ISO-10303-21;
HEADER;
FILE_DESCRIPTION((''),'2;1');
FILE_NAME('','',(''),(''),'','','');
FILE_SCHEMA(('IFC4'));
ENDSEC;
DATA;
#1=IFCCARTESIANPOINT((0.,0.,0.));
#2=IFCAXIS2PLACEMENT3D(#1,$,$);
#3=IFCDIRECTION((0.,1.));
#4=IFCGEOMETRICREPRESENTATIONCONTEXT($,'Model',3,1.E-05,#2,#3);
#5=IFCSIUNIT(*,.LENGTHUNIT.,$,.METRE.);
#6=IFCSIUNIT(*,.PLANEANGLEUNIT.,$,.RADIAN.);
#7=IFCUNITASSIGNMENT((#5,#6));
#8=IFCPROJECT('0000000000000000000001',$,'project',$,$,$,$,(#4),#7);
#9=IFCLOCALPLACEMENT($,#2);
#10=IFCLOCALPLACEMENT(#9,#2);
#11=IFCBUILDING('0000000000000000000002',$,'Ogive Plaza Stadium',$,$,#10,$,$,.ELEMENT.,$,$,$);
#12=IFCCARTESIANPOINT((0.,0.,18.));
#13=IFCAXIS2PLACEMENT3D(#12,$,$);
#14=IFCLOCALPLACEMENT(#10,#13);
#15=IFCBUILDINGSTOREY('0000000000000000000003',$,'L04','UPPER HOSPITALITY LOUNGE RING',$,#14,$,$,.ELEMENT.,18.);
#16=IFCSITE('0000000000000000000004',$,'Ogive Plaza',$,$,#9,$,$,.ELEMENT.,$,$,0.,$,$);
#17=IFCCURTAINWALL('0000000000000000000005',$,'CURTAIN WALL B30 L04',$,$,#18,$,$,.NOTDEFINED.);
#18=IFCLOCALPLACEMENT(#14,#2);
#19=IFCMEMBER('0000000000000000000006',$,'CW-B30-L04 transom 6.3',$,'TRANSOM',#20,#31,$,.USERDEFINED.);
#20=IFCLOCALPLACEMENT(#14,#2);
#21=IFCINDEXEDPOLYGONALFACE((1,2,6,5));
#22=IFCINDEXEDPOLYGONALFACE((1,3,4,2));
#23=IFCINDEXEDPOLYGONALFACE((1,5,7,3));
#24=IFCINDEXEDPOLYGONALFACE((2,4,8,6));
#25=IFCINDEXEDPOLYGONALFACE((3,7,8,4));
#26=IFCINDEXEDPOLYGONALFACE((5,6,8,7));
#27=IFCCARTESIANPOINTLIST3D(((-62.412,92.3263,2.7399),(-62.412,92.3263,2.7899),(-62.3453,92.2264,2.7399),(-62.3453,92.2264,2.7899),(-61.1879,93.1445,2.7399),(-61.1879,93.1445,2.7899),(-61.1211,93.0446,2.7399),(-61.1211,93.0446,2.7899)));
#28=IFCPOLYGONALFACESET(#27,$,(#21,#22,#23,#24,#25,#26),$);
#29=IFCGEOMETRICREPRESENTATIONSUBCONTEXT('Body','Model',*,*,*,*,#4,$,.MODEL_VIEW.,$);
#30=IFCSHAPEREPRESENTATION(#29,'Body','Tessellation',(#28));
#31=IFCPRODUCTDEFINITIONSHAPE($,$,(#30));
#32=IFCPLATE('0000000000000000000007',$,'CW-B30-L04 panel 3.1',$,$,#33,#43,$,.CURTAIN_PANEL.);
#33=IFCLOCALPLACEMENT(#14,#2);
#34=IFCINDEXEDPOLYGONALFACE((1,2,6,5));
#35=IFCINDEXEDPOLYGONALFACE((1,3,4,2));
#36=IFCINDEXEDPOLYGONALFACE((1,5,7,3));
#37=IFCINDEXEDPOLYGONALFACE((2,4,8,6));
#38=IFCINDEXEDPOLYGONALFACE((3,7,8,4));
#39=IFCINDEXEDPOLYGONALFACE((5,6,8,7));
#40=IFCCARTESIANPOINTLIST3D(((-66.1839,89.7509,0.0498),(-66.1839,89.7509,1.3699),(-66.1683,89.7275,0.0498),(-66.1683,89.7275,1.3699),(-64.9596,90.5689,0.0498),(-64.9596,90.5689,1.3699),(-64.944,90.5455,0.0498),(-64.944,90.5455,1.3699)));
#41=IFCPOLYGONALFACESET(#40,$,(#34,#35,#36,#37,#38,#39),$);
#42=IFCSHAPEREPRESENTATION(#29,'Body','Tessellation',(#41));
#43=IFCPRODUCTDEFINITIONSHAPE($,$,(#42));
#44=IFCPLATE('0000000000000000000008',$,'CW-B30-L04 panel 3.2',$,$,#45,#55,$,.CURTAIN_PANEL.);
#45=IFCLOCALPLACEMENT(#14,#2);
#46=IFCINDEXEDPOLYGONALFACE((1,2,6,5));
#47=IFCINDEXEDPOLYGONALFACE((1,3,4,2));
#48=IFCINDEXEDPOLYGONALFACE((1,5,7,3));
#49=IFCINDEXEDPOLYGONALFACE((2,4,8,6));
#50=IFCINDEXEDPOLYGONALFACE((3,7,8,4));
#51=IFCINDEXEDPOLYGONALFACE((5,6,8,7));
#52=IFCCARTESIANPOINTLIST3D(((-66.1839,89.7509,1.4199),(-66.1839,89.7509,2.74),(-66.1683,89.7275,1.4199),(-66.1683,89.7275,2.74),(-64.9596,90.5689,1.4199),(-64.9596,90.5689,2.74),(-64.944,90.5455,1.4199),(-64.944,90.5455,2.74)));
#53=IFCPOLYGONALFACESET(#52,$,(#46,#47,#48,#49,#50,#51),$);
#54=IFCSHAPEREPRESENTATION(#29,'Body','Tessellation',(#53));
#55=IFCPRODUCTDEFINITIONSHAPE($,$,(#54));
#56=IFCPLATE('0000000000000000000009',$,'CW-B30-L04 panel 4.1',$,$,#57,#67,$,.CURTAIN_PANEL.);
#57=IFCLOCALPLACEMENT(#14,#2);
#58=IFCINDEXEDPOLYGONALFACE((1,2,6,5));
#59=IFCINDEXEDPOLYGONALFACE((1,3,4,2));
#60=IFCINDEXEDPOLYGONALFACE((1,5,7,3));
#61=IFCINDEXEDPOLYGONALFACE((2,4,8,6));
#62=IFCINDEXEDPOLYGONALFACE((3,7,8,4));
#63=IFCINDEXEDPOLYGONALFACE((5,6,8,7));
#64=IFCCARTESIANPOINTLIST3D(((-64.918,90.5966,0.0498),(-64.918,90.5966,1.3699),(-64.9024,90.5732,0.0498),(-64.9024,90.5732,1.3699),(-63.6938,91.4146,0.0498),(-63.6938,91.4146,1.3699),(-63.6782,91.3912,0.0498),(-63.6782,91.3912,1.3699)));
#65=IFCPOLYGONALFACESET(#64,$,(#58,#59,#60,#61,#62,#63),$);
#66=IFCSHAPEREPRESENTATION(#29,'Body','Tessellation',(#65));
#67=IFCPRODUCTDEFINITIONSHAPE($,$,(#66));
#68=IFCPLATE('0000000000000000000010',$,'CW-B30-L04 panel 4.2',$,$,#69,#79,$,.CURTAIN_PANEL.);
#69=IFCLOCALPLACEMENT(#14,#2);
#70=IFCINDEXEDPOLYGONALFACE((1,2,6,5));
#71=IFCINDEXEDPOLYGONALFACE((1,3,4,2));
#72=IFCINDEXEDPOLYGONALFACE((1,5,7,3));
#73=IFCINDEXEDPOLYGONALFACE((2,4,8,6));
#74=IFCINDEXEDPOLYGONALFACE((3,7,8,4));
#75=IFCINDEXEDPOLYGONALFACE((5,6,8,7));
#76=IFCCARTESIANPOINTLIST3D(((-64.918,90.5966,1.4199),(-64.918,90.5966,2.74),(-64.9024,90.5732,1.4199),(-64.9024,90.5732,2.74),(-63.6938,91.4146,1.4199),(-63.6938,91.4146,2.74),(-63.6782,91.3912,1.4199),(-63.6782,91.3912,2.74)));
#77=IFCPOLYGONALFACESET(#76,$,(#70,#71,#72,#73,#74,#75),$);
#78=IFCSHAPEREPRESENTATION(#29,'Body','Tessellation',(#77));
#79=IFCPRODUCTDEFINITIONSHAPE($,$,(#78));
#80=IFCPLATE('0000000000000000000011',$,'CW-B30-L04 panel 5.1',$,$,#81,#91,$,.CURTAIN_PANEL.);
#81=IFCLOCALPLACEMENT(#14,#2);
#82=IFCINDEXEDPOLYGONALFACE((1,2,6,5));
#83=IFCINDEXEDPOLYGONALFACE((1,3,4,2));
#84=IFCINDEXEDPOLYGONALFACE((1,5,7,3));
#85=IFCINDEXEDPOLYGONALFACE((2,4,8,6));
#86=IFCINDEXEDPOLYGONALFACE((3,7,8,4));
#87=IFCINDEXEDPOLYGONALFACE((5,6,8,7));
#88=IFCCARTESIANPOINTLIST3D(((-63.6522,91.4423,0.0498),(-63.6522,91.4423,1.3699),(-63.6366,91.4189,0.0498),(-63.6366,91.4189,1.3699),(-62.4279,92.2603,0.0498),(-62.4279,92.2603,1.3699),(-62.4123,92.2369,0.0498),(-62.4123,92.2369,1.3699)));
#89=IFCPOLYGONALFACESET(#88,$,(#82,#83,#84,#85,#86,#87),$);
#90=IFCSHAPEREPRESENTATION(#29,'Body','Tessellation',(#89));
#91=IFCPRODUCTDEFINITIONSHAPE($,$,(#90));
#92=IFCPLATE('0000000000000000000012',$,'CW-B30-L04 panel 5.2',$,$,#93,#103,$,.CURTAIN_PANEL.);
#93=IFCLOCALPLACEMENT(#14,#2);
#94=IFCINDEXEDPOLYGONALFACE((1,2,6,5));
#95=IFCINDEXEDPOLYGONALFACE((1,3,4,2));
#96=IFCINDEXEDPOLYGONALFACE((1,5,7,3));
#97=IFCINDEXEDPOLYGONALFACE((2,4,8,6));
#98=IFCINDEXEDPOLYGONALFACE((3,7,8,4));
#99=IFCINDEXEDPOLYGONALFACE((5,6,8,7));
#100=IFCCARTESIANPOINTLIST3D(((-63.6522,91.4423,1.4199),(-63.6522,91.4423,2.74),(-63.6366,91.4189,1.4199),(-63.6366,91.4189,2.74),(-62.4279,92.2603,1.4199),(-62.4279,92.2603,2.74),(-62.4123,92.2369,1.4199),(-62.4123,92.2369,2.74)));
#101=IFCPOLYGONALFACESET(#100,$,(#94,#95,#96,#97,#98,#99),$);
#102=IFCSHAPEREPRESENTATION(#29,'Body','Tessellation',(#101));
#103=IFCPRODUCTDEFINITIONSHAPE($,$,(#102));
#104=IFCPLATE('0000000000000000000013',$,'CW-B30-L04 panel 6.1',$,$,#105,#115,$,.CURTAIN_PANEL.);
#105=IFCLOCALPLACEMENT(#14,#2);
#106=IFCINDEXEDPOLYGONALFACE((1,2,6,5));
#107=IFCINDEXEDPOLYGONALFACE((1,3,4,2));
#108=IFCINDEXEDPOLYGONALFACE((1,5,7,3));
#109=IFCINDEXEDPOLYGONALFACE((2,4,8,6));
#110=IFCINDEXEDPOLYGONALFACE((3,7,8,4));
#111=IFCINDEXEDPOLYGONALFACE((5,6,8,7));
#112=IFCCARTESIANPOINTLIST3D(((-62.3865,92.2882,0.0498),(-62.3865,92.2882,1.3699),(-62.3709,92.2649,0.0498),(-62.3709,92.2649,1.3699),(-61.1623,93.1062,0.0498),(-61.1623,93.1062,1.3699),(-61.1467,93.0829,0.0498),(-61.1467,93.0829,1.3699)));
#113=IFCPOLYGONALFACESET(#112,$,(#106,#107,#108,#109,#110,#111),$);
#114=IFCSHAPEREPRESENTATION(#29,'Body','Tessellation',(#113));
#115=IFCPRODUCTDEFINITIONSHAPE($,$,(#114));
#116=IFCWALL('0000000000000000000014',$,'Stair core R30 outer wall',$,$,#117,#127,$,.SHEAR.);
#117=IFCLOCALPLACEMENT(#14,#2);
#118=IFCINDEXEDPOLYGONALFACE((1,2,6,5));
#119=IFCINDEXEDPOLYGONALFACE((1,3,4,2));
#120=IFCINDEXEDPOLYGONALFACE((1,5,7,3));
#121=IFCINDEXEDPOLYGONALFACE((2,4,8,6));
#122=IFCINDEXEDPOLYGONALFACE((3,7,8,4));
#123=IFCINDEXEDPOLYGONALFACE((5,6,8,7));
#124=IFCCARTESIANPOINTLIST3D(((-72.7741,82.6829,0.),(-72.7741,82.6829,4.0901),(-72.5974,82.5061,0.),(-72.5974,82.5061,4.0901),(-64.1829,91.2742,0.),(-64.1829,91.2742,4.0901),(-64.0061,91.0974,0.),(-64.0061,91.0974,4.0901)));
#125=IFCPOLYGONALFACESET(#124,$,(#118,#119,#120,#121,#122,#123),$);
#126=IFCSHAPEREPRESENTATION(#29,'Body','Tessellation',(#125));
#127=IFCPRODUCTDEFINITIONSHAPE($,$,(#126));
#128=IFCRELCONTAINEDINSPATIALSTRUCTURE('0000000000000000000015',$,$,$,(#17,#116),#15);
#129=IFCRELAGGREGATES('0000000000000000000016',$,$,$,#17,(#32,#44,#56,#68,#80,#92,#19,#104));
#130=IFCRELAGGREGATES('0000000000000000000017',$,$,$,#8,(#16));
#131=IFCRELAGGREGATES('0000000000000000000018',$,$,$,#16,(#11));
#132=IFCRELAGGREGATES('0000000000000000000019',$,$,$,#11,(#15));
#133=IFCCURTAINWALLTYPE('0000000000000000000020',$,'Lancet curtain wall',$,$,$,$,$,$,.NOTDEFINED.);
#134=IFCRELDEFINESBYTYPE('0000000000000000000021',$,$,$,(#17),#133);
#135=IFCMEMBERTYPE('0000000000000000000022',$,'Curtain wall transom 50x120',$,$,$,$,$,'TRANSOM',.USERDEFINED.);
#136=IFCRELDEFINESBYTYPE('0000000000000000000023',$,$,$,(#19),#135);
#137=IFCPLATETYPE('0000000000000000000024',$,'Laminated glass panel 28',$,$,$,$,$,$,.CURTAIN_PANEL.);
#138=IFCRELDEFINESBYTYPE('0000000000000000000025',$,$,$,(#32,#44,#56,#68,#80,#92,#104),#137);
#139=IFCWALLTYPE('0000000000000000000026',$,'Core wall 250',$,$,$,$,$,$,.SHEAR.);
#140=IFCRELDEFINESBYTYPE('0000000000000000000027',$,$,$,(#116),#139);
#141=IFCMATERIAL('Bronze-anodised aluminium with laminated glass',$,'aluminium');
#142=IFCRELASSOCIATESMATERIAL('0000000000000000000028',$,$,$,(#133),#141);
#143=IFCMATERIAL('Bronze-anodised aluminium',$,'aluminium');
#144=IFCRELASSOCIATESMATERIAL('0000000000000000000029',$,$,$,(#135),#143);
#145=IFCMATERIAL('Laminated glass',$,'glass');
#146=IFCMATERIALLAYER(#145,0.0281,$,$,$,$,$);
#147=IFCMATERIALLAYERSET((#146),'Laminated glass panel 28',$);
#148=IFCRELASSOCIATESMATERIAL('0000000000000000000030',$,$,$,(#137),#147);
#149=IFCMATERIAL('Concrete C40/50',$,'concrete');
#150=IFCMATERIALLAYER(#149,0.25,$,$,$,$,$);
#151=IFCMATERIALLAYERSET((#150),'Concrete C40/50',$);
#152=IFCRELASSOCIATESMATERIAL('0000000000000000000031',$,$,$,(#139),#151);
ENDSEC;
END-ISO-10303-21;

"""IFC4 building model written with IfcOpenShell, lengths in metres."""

from ifc_helpers import new_model, si_unit, direction, frame, frame_2d, origin, origin_2d, place, context, subcontext, project, spatial, rectangle, extrude, material, layer, layer_set, material_profile, profile_set, type_object, element, aggregate, save


model = new_model("IFC4")

# Units and contexts
model_context = context("Model", 3, precision=1e-05, world=origin(), true_north=direction((0.0, 1.0)))
body_context = subcontext(model_context, "Body", "Model", "MODEL_VIEW")
ifc_project = project(units=[si_unit("LENGTHUNIT", "METRE"), si_unit("PLANEANGLEUNIT", "RADIAN")], contexts=[model_context])

# Site, building, storey
site_placement = place(None, origin())
site = spatial("IfcSite", under=ifc_project, at=site_placement, Name="Ogive Plaza", CompositionType="ELEMENT", RefElevation=0.0)
building_placement = place(site_placement, origin())
building = spatial("IfcBuilding", under=site, at=building_placement, Name="Ogive Plaza Stadium", CompositionType="ELEMENT")
storey_placement = place(building_placement, frame((0.0, 0.0, 18.0)))
storey = spatial("IfcBuildingStorey", under=building, at=storey_placement, Name="L04", Description="UPPER HOSPITALITY LOUNGE RING", CompositionType="ELEMENT", Elevation=18.0)

# Curtain wall, member, plates
ifc_material_1 = material(Name="Bronze-anodised aluminium with laminated glass", Category="aluminium")
curtain_wall_type = type_object("IfcCurtainWallType", Name="Lancet curtain wall", PredefinedType="NOTDEFINED", material=ifc_material_1)
curtain_wall_placement = place(storey_placement, origin())
curtain_wall = element("IfcCurtainWall", 1, at=curtain_wall_placement, inside=storey, type_object=curtain_wall_type, Name="CURTAIN WALL B30 L04", PredefinedType="NOTDEFINED")
ifc_material_2 = material(Name="Bronze-anodised aluminium", Category="aluminium")
ifc_material_profile_1 = material_profile(ifc_material_2, rectangle(XDim=0.1201, YDim=0.05, at=origin_2d()), Name="AL 120x50")
ifc_profile_set_1 = profile_set([ifc_material_profile_1], Name="Bronze-anodised aluminium")
member_type_1 = type_object("IfcMemberType", Name="Curtain wall transom 50x120", ElementType="TRANSOM", PredefinedType="USERDEFINED", material=ifc_profile_set_1)
member_1_placement = place(storey_placement, frame((-62.3787, 92.2764, 2.7649), z_axis=(0.831412, 0.555656, 0.0), x_axis=(-0.555656, 0.831412, 0.0)))
member_1 = element("IfcMember", 2, at=member_1_placement, type_object=member_type_1, Name="CW-B30-L04 transom 6.3", ObjectType="TRANSOM", PredefinedType="USERDEFINED", context=body_context, shape_type="SweptSolid", body=[
    extrude(rectangle(XDim=0.1201, YDim=0.05, at=origin_2d()), origin(), (0.0, 0.0, 1.0), 1.4724),
])
ifc_material_3 = material(Name="Laminated glass", Category="glass")
ifc_layer_1 = layer(ifc_material_3, 0.0281)
ifc_layer_set_1 = layer_set([ifc_layer_1], Name="Laminated glass panel 28")
plate_type = type_object("IfcPlateType", Name="Laminated glass panel 28", PredefinedType="CURTAIN_PANEL", material=ifc_layer_set_1)
plate_1_placement = place(storey_placement, frame((-65.564, 90.1482, 0.0498), z_axis=(0.0, 0.0, 1.0), x_axis=(0.83147, 0.55557, 0.0)))
plate_1 = element("IfcPlate", 3, at=plate_1_placement, type_object=plate_type, Name="CW-B30-L04 panel 3.1", PredefinedType="CURTAIN_PANEL", context=body_context, shape_type="SweptSolid", body=[
    extrude(rectangle(XDim=1.4724, YDim=0.0281, at=origin_2d()), origin(), (0.0, 0.0, 1.0), 1.3201),
])
plate_2_placement = place(storey_placement, frame((-65.564, 90.1482, 1.4199), z_axis=(0.0, 0.0, 1.0), x_axis=(0.83147, 0.55557, 0.0)))
plate_2 = element("IfcPlate", 4, at=plate_2_placement, type_object=plate_type, Name="CW-B30-L04 panel 3.2", PredefinedType="CURTAIN_PANEL", context=body_context, shape_type="SweptSolid", body=[
    extrude(rectangle(XDim=1.4724, YDim=0.0281, at=origin_2d()), origin(), (0.0, 0.0, 1.0), 1.3201),
])
plate_3_placement = place(storey_placement, frame((-64.2981, 90.9939, 0.0498), z_axis=(0.0, 0.0, 1.0), x_axis=(0.83147, 0.55557, 0.0)))
plate_3 = element("IfcPlate", 5, at=plate_3_placement, type_object=plate_type, Name="CW-B30-L04 panel 4.1", PredefinedType="CURTAIN_PANEL", context=body_context, shape_type="SweptSolid", body=[
    extrude(rectangle(XDim=1.4724, YDim=0.0281, at=origin_2d()), origin(), (0.0, 0.0, 1.0), 1.3201),
])
plate_4_placement = place(storey_placement, frame((-64.2981, 90.9939, 1.4199), z_axis=(0.0, 0.0, 1.0), x_axis=(0.83147, 0.55557, 0.0)))
plate_4 = element("IfcPlate", 6, at=plate_4_placement, type_object=plate_type, Name="CW-B30-L04 panel 4.2", PredefinedType="CURTAIN_PANEL", context=body_context, shape_type="SweptSolid", body=[
    extrude(rectangle(XDim=1.4724, YDim=0.0281, at=origin_2d()), origin(), (0.0, 0.0, 1.0), 1.3201),
])
plate_5_placement = place(storey_placement, frame((-63.0322, 91.8396, 0.0498), z_axis=(0.0, 0.0, 1.0), x_axis=(0.83147, 0.55557, 0.0)))
plate_5 = element("IfcPlate", 7, at=plate_5_placement, type_object=plate_type, Name="CW-B30-L04 panel 5.1", PredefinedType="CURTAIN_PANEL", context=body_context, shape_type="SweptSolid", body=[
    extrude(rectangle(XDim=1.4724, YDim=0.0281, at=origin_2d()), origin(), (0.0, 0.0, 1.0), 1.3201),
])
plate_6_placement = place(storey_placement, frame((-63.0322, 91.8396, 1.4199), z_axis=(0.0, 0.0, 1.0), x_axis=(0.83147, 0.55557, 0.0)))
plate_6 = element("IfcPlate", 8, at=plate_6_placement, type_object=plate_type, Name="CW-B30-L04 panel 5.2", PredefinedType="CURTAIN_PANEL", context=body_context, shape_type="SweptSolid", body=[
    extrude(rectangle(XDim=1.4724, YDim=0.0281, at=origin_2d()), origin(), (0.0, 0.0, 1.0), 1.3201),
])
plate_7_placement = place(storey_placement, frame((-61.7666, 92.6855, 0.0498), z_axis=(0.0, 0.0, 1.0), x_axis=(0.83147, 0.55557, 0.0)))
plate_7 = element("IfcPlate", 9, at=plate_7_placement, type_object=plate_type, Name="CW-B30-L04 panel 6.1", PredefinedType="CURTAIN_PANEL", context=body_context, shape_type="SweptSolid", body=[
    extrude(rectangle(XDim=1.4724, YDim=0.0281, at=origin_2d()), origin(), (0.0, 0.0, 1.0), 1.3201),
])
aggregate(curtain_wall, [plate_1, plate_2, plate_3, plate_4, plate_5, plate_6, member_1, plate_7])

# Wall
ifc_material_4 = material(Name="Concrete C40/50", Category="concrete")
ifc_layer_2 = layer(ifc_material_4, 0.25)
ifc_layer_set_2 = layer_set([ifc_layer_2], Name="Concrete C40/50")
wall_type = type_object("IfcWallType", Name="Core wall 250", PredefinedType="SHEAR", material=ifc_layer_set_2)
wall_placement = place(storey_placement, frame((-64.0945, 91.1858, 0.0), z_axis=(0.0, 0.0, 1.0), x_axis=(-0.707107, -0.707107, 0.0)))
element("IfcWall", 10, at=wall_placement, inside=storey, type_object=wall_type, Name="Stair core R30 outer wall", PredefinedType="SHEAR", context=body_context, shape_type="SweptSolid", body=[
    extrude(rectangle(XDim=12.1499, YDim=0.25, at=frame_2d((6.075, 0.0))), origin(), (0.0, 0.0, 1.0), 4.0901),
])

save(model, "model.ifc")
